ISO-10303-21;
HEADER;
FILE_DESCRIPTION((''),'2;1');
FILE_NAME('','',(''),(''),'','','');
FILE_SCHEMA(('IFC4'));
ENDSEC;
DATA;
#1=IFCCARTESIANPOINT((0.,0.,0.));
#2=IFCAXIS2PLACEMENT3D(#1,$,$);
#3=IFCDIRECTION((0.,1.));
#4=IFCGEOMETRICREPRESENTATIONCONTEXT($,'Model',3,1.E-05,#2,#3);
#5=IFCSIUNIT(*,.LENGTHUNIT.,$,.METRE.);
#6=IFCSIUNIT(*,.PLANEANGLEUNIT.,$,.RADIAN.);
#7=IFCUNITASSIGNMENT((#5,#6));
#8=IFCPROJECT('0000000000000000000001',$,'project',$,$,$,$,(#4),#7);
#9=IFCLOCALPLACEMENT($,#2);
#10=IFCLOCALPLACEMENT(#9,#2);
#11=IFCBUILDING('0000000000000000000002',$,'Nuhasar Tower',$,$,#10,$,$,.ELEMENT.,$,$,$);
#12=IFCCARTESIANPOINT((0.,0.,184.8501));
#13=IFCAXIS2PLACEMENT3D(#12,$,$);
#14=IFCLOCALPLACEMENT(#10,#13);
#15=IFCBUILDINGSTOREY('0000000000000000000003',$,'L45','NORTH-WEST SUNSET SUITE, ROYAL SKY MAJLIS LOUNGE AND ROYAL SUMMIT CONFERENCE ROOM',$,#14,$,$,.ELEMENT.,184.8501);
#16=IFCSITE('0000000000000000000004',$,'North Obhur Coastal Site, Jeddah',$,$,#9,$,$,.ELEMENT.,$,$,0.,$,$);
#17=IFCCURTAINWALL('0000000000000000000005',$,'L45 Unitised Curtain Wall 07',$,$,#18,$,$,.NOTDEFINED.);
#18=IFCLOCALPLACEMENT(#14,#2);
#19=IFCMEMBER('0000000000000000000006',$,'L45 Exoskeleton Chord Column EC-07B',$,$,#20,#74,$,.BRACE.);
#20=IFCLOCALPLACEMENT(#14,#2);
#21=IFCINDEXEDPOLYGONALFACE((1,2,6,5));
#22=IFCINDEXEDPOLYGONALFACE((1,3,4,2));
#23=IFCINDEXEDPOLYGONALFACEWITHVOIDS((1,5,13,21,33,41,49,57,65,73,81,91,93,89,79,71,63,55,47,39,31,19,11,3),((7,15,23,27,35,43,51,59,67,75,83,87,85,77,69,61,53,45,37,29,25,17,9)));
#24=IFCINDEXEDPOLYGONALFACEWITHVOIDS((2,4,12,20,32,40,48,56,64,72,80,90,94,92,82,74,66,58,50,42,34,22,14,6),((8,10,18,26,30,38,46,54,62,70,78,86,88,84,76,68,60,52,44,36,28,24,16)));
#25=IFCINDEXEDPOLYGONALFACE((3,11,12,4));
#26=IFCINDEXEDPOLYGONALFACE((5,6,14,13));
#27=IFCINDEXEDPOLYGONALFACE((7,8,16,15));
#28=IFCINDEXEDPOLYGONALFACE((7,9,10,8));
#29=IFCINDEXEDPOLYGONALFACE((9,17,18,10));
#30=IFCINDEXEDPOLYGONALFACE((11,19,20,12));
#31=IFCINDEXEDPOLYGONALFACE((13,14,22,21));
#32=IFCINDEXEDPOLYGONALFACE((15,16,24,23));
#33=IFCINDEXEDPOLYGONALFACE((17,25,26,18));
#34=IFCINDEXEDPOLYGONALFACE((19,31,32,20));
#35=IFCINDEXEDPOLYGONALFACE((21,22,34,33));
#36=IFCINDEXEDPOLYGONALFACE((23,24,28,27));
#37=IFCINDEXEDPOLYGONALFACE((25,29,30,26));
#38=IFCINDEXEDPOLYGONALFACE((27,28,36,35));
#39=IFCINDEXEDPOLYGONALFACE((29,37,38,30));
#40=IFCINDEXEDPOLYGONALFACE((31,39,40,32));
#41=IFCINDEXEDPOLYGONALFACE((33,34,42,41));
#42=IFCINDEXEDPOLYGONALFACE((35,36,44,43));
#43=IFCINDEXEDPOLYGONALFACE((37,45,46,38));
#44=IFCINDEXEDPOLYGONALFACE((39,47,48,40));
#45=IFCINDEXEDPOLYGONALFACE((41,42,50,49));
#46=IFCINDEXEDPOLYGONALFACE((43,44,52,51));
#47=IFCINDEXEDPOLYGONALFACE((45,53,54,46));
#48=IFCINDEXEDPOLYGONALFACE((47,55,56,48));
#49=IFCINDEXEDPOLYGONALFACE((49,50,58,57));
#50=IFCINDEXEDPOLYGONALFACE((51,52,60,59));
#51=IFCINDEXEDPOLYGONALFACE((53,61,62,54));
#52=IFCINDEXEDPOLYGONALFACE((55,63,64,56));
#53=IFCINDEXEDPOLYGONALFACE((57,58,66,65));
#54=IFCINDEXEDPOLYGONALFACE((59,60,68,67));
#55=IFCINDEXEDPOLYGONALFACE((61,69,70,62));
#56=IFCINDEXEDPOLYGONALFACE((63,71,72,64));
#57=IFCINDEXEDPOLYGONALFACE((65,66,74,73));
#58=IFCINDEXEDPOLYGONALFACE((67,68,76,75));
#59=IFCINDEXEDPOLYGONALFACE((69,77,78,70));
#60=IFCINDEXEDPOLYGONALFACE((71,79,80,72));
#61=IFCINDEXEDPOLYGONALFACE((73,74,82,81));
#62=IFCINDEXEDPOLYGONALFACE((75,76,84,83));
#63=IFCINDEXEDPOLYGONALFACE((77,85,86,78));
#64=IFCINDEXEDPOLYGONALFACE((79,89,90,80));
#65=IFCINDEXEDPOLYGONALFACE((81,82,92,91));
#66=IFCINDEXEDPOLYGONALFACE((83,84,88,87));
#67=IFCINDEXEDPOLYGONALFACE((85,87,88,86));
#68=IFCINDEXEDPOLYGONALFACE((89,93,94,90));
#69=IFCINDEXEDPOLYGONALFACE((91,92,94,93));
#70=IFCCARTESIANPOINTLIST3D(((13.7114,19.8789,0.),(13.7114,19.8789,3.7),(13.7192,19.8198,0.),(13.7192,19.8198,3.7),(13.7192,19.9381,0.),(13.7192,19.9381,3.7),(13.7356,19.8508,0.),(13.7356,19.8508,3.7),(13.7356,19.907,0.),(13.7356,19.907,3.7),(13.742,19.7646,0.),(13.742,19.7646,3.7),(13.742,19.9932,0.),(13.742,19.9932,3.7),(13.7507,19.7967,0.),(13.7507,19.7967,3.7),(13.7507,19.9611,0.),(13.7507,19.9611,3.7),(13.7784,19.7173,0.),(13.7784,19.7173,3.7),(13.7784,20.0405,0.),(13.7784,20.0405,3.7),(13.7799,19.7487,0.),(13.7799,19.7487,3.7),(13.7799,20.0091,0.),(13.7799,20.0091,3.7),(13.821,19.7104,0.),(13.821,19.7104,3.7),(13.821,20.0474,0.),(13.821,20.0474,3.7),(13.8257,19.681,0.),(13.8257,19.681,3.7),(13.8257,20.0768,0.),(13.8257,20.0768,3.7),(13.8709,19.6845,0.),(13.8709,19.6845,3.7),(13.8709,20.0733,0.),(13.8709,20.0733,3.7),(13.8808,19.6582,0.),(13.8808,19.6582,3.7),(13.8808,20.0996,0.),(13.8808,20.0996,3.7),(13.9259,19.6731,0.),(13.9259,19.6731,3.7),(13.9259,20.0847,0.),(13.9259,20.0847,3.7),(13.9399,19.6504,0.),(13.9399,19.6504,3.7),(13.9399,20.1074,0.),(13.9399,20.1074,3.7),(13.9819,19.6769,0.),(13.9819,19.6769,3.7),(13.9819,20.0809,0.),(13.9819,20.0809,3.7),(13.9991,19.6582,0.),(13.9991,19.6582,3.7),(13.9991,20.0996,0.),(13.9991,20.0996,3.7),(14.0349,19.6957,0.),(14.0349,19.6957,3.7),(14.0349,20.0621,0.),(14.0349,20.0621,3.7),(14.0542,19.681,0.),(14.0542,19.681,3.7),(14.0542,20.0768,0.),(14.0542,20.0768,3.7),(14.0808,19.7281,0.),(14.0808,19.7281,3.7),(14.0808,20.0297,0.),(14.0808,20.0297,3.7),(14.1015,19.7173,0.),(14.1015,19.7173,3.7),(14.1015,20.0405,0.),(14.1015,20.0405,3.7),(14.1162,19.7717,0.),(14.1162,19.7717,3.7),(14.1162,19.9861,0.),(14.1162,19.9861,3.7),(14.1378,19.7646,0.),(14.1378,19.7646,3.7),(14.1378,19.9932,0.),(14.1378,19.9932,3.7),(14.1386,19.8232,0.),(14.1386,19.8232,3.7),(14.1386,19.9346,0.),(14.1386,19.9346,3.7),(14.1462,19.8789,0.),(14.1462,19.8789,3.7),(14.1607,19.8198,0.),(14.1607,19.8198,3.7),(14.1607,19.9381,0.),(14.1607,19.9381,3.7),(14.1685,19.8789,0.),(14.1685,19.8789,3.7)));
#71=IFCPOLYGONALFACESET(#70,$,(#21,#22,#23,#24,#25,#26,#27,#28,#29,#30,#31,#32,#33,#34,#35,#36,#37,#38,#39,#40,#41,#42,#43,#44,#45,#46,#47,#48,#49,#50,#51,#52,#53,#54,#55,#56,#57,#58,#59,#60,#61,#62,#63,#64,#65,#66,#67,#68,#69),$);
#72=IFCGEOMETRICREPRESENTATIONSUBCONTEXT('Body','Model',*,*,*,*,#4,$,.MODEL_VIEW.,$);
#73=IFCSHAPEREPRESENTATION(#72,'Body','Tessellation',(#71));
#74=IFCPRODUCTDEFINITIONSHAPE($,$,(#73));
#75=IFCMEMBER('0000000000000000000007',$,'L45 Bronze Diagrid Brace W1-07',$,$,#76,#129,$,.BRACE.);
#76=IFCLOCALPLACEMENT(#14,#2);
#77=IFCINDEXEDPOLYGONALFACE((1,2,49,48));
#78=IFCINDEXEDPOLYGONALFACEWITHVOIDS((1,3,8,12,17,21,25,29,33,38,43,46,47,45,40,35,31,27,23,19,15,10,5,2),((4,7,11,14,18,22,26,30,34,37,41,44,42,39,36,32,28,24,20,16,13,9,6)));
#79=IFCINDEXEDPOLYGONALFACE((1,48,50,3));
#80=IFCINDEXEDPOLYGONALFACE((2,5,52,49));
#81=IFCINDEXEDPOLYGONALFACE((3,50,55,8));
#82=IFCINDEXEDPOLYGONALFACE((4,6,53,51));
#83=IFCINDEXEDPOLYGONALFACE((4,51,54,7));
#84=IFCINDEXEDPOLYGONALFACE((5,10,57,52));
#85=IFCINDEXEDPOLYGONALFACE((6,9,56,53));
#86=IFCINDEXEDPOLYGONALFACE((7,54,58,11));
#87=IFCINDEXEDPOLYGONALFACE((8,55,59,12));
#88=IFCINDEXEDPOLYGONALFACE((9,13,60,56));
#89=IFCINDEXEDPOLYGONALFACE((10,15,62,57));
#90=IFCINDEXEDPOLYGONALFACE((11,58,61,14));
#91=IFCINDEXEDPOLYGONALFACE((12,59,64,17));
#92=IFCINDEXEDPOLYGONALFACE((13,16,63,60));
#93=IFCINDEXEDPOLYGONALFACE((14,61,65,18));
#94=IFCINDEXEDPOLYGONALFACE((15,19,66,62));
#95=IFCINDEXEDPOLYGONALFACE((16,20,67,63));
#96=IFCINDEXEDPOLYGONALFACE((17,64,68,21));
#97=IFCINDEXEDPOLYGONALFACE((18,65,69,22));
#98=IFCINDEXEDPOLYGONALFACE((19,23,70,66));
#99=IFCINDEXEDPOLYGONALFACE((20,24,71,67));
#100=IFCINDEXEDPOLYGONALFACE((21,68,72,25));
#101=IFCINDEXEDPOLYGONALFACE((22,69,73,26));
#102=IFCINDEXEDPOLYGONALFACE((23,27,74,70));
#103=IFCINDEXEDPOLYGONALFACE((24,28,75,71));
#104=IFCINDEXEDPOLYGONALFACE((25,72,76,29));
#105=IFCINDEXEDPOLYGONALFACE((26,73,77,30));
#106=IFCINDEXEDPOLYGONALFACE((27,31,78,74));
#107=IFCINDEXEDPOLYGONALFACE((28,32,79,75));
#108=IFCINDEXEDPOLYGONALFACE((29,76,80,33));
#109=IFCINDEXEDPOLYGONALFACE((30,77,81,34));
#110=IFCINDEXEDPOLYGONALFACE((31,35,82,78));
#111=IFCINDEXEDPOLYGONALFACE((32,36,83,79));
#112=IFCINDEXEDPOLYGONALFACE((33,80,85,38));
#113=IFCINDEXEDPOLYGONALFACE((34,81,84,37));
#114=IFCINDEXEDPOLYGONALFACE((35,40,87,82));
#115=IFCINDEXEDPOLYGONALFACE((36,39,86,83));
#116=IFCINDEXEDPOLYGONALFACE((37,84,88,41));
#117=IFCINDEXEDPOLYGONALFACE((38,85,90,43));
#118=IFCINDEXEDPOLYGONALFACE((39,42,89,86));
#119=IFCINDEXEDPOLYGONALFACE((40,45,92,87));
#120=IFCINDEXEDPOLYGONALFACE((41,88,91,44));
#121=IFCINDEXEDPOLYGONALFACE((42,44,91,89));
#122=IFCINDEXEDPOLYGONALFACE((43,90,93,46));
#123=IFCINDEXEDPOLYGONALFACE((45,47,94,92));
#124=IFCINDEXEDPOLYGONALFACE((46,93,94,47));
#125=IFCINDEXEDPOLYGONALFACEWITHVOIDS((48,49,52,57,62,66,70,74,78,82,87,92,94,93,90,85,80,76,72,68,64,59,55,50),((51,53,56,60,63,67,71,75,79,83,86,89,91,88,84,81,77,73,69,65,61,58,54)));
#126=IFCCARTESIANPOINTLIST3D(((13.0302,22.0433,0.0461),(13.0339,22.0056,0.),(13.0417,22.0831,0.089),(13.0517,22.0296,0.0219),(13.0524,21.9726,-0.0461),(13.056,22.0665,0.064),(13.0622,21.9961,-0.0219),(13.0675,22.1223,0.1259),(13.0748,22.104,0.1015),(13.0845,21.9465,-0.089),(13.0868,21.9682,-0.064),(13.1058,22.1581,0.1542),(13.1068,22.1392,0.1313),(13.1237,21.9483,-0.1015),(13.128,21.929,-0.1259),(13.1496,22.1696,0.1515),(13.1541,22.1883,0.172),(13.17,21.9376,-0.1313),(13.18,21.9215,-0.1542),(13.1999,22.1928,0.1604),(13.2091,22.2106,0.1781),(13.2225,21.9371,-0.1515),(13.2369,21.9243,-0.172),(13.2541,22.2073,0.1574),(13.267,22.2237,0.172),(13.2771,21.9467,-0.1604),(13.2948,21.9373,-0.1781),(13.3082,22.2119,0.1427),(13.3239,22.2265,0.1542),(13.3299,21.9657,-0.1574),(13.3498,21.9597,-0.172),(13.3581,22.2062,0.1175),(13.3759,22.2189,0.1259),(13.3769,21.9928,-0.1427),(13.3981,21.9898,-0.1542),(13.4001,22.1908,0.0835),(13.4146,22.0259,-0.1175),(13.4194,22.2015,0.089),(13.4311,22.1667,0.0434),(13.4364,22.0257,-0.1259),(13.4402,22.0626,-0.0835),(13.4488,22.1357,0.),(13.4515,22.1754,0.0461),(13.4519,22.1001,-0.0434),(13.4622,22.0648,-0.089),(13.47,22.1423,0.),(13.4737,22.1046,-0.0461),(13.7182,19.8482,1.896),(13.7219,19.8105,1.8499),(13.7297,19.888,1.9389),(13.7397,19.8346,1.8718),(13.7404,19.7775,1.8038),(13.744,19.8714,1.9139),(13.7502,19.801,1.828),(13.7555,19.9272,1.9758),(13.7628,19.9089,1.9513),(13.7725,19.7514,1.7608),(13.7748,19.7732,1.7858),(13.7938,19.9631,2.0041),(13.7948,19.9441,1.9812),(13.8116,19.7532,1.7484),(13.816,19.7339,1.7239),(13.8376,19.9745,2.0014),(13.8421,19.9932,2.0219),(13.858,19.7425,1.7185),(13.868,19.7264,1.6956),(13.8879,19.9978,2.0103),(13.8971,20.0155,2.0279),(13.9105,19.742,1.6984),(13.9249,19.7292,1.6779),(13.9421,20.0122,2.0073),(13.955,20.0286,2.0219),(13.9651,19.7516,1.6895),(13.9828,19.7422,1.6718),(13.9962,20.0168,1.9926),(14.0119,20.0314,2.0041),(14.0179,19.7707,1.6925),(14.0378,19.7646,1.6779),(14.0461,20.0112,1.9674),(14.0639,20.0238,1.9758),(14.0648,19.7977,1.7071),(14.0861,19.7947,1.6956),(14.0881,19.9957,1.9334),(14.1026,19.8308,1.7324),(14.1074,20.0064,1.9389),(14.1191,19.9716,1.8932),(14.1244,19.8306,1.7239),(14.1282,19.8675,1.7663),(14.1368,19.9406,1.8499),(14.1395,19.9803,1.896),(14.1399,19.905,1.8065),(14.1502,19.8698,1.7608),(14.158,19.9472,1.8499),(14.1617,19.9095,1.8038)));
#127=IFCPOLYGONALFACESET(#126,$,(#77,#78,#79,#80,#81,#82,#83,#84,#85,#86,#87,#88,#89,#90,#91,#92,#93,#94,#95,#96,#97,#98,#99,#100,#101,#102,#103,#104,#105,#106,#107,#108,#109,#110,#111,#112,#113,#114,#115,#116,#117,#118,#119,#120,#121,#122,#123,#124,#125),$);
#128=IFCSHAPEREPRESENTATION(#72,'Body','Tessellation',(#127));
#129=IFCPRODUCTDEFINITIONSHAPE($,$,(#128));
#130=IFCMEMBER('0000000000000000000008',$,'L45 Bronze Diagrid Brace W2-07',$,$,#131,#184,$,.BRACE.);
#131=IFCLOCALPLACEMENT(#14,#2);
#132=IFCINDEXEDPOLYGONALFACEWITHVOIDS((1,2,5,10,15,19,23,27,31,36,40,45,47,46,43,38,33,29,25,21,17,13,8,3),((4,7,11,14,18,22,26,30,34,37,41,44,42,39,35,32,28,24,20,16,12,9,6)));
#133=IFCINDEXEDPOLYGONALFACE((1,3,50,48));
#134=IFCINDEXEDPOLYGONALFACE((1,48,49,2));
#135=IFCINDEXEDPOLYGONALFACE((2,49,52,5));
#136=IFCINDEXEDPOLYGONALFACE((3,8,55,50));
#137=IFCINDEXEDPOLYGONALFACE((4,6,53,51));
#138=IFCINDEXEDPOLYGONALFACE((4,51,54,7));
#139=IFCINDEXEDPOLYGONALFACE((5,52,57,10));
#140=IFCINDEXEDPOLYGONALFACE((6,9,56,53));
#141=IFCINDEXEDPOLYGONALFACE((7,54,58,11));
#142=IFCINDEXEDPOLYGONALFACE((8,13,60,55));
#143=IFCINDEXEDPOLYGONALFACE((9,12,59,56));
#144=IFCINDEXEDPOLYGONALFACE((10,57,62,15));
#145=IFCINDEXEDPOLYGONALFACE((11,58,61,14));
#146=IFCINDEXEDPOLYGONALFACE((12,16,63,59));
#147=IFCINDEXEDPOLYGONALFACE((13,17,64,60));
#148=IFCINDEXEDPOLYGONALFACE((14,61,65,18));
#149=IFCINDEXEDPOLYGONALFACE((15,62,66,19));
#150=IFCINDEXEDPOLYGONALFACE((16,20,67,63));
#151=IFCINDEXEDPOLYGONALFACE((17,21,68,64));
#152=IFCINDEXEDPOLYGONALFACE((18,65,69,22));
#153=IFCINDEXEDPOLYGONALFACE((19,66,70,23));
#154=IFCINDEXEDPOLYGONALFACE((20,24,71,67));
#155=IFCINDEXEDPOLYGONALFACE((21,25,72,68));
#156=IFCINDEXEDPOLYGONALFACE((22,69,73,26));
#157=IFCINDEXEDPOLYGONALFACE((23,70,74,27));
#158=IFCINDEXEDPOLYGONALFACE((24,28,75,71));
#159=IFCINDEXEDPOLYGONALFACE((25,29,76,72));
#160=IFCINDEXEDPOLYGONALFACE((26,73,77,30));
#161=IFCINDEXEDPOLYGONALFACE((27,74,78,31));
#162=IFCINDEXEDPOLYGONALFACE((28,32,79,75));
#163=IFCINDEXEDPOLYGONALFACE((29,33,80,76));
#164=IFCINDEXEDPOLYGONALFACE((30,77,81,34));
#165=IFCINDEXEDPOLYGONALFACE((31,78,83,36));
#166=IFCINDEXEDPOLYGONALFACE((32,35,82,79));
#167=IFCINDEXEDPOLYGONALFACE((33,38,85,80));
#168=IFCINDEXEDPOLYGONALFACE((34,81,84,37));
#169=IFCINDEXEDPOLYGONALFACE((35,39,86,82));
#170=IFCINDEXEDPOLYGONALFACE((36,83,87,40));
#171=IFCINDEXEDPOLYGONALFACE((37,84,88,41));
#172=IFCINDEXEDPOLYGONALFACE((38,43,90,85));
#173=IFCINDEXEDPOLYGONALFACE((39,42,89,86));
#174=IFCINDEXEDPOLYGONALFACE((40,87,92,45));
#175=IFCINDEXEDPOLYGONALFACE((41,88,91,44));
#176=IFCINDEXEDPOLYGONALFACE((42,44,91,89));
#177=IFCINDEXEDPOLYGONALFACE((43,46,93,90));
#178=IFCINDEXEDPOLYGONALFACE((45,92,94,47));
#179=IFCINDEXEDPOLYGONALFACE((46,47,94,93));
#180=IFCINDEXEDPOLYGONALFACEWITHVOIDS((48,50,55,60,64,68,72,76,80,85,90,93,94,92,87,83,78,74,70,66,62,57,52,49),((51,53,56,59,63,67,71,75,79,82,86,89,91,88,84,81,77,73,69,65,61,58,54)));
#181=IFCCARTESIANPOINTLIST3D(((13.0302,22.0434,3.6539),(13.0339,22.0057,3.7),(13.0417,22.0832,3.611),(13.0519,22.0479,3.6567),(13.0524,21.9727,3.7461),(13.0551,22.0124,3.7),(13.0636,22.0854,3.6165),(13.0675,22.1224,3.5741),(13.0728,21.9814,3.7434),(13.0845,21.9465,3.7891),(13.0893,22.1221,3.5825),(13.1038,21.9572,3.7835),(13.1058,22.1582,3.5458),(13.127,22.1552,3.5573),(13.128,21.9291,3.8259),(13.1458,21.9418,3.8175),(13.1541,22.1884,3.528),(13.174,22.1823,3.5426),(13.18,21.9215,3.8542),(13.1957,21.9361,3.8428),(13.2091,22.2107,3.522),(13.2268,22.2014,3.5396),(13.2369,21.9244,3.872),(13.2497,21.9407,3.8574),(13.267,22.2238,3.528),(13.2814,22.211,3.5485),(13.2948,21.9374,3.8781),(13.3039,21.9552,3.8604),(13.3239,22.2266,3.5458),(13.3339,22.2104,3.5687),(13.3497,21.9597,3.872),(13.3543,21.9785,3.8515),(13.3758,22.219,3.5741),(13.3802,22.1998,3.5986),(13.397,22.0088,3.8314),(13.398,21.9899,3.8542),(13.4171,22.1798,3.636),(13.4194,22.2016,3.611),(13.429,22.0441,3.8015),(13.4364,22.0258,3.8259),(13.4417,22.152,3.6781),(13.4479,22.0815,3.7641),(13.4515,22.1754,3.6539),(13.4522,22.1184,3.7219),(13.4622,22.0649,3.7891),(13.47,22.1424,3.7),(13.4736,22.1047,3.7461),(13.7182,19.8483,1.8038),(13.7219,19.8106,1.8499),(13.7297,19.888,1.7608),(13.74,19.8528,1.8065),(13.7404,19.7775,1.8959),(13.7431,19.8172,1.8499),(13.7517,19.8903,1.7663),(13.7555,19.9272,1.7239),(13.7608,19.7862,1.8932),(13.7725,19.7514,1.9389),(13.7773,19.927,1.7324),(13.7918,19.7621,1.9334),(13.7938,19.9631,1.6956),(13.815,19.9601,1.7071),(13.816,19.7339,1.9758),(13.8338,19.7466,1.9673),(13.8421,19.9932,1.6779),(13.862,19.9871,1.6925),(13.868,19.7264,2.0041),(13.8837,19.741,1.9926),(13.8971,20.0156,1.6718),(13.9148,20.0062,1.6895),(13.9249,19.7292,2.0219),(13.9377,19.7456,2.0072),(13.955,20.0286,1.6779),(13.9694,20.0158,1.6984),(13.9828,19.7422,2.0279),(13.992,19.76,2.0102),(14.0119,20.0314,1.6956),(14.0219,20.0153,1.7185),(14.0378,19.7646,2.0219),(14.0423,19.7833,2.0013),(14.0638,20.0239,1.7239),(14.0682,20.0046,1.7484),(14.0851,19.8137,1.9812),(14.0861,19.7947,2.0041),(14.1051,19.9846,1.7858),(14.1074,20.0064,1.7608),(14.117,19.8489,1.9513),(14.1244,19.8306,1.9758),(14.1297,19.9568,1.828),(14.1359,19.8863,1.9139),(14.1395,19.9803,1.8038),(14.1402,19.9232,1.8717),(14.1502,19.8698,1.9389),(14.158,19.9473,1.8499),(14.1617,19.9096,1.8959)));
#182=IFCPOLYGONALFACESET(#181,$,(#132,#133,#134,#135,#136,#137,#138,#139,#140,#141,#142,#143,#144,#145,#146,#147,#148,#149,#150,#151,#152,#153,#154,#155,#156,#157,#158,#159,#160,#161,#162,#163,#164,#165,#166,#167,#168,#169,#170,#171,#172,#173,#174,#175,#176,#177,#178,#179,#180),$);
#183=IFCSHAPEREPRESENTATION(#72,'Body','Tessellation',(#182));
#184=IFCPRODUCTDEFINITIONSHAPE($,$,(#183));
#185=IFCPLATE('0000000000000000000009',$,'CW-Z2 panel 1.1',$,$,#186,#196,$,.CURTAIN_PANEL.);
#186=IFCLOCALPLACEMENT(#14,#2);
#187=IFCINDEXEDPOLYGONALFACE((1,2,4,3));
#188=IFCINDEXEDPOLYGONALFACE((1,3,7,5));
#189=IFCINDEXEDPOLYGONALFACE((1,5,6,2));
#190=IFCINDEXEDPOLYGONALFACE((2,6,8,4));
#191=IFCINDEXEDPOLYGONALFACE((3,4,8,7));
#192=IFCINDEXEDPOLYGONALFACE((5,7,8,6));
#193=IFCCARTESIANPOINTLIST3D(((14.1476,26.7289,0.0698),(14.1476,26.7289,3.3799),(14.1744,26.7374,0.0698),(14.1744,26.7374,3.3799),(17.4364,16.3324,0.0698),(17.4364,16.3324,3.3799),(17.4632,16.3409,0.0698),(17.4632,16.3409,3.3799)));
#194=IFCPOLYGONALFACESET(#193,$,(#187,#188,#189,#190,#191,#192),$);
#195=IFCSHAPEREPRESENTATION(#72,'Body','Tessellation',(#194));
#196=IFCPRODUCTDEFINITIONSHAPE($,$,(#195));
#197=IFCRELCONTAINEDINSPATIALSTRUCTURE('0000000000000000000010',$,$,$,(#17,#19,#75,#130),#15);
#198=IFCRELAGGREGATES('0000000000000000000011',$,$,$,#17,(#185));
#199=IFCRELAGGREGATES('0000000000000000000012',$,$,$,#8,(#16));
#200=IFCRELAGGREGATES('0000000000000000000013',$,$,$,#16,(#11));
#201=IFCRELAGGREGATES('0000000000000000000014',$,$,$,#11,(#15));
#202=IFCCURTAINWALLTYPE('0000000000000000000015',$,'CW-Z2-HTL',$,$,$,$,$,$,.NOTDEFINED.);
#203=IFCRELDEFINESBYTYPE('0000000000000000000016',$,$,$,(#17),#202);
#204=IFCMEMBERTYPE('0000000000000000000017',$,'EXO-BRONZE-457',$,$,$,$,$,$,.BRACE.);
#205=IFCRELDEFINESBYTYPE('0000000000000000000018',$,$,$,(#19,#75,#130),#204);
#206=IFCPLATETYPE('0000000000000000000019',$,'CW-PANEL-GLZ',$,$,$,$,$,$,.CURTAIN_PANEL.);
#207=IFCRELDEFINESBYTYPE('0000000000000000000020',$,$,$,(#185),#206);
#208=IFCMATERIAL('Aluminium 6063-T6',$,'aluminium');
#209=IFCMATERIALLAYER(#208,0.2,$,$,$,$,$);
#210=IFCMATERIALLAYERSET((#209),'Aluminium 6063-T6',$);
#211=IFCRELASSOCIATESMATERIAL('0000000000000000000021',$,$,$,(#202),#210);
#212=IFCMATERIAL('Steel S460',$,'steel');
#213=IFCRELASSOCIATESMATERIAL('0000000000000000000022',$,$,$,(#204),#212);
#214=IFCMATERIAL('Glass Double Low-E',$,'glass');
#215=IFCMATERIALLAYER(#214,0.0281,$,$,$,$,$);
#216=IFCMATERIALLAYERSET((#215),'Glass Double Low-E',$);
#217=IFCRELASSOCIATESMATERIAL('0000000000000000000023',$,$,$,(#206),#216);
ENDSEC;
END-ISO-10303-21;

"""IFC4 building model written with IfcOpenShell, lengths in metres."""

from ifc_helpers import new_model, si_unit, direction, frame, origin, origin_2d, place, context, subcontext, project, spatial, rectangle, hollow_circle, extrude, material, layer, layer_set, material_profile, profile_set, type_object, element, aggregate, save


model = new_model("IFC4")

# Units and contexts
model_context = context("Model", 3, precision=1e-05, world=origin(), true_north=direction((0.0, 1.0)))
body_context = subcontext(model_context, "Body", "Model", "MODEL_VIEW")
ifc_project = project(units=[si_unit("LENGTHUNIT", "METRE"), si_unit("PLANEANGLEUNIT", "RADIAN")], contexts=[model_context])

# Site, building, storey
site_placement = place(None, origin())
site = spatial("IfcSite", under=ifc_project, at=site_placement, Name="North Obhur Coastal Site, Jeddah", CompositionType="ELEMENT", RefElevation=0.0)
building_placement = place(site_placement, origin())
building = spatial("IfcBuilding", under=site, at=building_placement, Name="Nuhasar Tower", CompositionType="ELEMENT")
storey_placement = place(building_placement, frame((0.0, 0.0, 184.8501)))
storey = spatial("IfcBuildingStorey", under=building, at=storey_placement, Name="L45", Description="NORTH-WEST SUNSET SUITE, ROYAL SKY MAJLIS LOUNGE AND ROYAL SUMMIT CONFERENCE ROOM", CompositionType="ELEMENT", Elevation=184.8501)

# Curtain wall
ifc_material_1 = material(Name="Aluminium 6063-T6", Category="aluminium")
ifc_layer_1 = layer(ifc_material_1, 0.2)
ifc_layer_set_1 = layer_set([ifc_layer_1], Name="Aluminium 6063-T6")
curtain_wall_type = type_object("IfcCurtainWallType", Name="CW-Z2-HTL", PredefinedType="NOTDEFINED", material=ifc_layer_set_1)
curtain_wall_1_placement = place(storey_placement, origin())
curtain_wall_1 = element("IfcCurtainWall", 1, at=curtain_wall_1_placement, inside=storey, type_object=curtain_wall_type, Name="L45 Unitised Curtain Wall 07", PredefinedType="NOTDEFINED")

# Members
ifc_material_2 = material(Name="Steel S460", Category="steel")
ifc_material_profile_1 = material_profile(ifc_material_2, hollow_circle(Radius=0.2285, WallThickness=0.0222, at=origin_2d()), Name="HSS457X22.2")
ifc_profile_set_1 = profile_set([ifc_material_profile_1], Name="Steel S460")
member_type_1 = type_object("IfcMemberType", Name="EXO-BRONZE-457", PredefinedType="BRACE", material=ifc_profile_set_1)
for number, where, z_axis, x_axis, name in (
    (2, (13.9399, 19.8789, 0.0), (0.0, 0.0, 1.0), (1.0, 0.0, 0.0), "L45 Exoskeleton Chord Column EC-07B"),
):
    element("IfcMember", number, at=place(storey_placement, frame(where, z_axis=z_axis, x_axis=x_axis)), inside=storey, type_object=member_type_1, Name=name, PredefinedType="BRACE", context=body_context, shape_type="SweptSolid", body=[
        extrude(hollow_circle(Radius=0.2285, WallThickness=0.0222, at=origin_2d()), origin(), (0.0, 0.0, 1.0), 3.7),
    ])
member_1_placement = place(storey_placement, frame((13.252, 22.074, 0.0), z_axis=(0.233068, -0.743616, 0.626669), x_axis=(0.954228, 0.299079, 0.0)))
element("IfcMember", 3, at=member_1_placement, inside=storey, type_object=member_type_1, Name="L45 Bronze Diagrid Brace W1-07", PredefinedType="BRACE", context=body_context, shape_type="SweptSolid", body=[
    extrude(hollow_circle(Radius=0.2285, WallThickness=0.0222, at=origin_2d()), origin(), (0.0, 0.0, 1.0), 2.9519),
])
member_2_placement = place(storey_placement, frame((13.9399, 19.8789, 1.8499), z_axis=(-0.233056, 0.743578, 0.626719), x_axis=(-0.954228, -0.299079, 0.0)))
element("IfcMember", 4, at=member_2_placement, inside=storey, type_object=member_type_1, Name="L45 Bronze Diagrid Brace W2-07", PredefinedType="BRACE", context=body_context, shape_type="SweptSolid", body=[
    extrude(hollow_circle(Radius=0.2285, WallThickness=0.0222, at=origin_2d()), origin(), (0.0, 0.0, 1.0), 2.9521),
])

# Plate
ifc_material_3 = material(Name="Glass Double Low-E", Category="glass")
ifc_layer_2 = layer(ifc_material_3, 0.0281)
ifc_layer_set_2 = layer_set([ifc_layer_2], Name="Glass Double Low-E")
plate_type = type_object("IfcPlateType", Name="CW-PANEL-GLZ", PredefinedType="CURTAIN_PANEL", material=ifc_layer_set_2)
plate_placement = place(storey_placement, frame((15.8054, 21.5349, 0.0698), z_axis=(0.0, 0.0, 1.0), x_axis=(0.301604, -0.953433, 0.0)))
plate = element("IfcPlate", 5, at=plate_placement, type_object=plate_type, Name="CW-Z2 panel 1.1", PredefinedType="CURTAIN_PANEL", context=body_context, shape_type="SweptSolid", body=[
    extrude(rectangle(XDim=10.9043, YDim=0.0281, at=origin_2d()), origin(), (0.0, 0.0, 1.0), 3.3101),
])
aggregate(curtain_wall_1, [plate])

save(model, "model.ifc")
